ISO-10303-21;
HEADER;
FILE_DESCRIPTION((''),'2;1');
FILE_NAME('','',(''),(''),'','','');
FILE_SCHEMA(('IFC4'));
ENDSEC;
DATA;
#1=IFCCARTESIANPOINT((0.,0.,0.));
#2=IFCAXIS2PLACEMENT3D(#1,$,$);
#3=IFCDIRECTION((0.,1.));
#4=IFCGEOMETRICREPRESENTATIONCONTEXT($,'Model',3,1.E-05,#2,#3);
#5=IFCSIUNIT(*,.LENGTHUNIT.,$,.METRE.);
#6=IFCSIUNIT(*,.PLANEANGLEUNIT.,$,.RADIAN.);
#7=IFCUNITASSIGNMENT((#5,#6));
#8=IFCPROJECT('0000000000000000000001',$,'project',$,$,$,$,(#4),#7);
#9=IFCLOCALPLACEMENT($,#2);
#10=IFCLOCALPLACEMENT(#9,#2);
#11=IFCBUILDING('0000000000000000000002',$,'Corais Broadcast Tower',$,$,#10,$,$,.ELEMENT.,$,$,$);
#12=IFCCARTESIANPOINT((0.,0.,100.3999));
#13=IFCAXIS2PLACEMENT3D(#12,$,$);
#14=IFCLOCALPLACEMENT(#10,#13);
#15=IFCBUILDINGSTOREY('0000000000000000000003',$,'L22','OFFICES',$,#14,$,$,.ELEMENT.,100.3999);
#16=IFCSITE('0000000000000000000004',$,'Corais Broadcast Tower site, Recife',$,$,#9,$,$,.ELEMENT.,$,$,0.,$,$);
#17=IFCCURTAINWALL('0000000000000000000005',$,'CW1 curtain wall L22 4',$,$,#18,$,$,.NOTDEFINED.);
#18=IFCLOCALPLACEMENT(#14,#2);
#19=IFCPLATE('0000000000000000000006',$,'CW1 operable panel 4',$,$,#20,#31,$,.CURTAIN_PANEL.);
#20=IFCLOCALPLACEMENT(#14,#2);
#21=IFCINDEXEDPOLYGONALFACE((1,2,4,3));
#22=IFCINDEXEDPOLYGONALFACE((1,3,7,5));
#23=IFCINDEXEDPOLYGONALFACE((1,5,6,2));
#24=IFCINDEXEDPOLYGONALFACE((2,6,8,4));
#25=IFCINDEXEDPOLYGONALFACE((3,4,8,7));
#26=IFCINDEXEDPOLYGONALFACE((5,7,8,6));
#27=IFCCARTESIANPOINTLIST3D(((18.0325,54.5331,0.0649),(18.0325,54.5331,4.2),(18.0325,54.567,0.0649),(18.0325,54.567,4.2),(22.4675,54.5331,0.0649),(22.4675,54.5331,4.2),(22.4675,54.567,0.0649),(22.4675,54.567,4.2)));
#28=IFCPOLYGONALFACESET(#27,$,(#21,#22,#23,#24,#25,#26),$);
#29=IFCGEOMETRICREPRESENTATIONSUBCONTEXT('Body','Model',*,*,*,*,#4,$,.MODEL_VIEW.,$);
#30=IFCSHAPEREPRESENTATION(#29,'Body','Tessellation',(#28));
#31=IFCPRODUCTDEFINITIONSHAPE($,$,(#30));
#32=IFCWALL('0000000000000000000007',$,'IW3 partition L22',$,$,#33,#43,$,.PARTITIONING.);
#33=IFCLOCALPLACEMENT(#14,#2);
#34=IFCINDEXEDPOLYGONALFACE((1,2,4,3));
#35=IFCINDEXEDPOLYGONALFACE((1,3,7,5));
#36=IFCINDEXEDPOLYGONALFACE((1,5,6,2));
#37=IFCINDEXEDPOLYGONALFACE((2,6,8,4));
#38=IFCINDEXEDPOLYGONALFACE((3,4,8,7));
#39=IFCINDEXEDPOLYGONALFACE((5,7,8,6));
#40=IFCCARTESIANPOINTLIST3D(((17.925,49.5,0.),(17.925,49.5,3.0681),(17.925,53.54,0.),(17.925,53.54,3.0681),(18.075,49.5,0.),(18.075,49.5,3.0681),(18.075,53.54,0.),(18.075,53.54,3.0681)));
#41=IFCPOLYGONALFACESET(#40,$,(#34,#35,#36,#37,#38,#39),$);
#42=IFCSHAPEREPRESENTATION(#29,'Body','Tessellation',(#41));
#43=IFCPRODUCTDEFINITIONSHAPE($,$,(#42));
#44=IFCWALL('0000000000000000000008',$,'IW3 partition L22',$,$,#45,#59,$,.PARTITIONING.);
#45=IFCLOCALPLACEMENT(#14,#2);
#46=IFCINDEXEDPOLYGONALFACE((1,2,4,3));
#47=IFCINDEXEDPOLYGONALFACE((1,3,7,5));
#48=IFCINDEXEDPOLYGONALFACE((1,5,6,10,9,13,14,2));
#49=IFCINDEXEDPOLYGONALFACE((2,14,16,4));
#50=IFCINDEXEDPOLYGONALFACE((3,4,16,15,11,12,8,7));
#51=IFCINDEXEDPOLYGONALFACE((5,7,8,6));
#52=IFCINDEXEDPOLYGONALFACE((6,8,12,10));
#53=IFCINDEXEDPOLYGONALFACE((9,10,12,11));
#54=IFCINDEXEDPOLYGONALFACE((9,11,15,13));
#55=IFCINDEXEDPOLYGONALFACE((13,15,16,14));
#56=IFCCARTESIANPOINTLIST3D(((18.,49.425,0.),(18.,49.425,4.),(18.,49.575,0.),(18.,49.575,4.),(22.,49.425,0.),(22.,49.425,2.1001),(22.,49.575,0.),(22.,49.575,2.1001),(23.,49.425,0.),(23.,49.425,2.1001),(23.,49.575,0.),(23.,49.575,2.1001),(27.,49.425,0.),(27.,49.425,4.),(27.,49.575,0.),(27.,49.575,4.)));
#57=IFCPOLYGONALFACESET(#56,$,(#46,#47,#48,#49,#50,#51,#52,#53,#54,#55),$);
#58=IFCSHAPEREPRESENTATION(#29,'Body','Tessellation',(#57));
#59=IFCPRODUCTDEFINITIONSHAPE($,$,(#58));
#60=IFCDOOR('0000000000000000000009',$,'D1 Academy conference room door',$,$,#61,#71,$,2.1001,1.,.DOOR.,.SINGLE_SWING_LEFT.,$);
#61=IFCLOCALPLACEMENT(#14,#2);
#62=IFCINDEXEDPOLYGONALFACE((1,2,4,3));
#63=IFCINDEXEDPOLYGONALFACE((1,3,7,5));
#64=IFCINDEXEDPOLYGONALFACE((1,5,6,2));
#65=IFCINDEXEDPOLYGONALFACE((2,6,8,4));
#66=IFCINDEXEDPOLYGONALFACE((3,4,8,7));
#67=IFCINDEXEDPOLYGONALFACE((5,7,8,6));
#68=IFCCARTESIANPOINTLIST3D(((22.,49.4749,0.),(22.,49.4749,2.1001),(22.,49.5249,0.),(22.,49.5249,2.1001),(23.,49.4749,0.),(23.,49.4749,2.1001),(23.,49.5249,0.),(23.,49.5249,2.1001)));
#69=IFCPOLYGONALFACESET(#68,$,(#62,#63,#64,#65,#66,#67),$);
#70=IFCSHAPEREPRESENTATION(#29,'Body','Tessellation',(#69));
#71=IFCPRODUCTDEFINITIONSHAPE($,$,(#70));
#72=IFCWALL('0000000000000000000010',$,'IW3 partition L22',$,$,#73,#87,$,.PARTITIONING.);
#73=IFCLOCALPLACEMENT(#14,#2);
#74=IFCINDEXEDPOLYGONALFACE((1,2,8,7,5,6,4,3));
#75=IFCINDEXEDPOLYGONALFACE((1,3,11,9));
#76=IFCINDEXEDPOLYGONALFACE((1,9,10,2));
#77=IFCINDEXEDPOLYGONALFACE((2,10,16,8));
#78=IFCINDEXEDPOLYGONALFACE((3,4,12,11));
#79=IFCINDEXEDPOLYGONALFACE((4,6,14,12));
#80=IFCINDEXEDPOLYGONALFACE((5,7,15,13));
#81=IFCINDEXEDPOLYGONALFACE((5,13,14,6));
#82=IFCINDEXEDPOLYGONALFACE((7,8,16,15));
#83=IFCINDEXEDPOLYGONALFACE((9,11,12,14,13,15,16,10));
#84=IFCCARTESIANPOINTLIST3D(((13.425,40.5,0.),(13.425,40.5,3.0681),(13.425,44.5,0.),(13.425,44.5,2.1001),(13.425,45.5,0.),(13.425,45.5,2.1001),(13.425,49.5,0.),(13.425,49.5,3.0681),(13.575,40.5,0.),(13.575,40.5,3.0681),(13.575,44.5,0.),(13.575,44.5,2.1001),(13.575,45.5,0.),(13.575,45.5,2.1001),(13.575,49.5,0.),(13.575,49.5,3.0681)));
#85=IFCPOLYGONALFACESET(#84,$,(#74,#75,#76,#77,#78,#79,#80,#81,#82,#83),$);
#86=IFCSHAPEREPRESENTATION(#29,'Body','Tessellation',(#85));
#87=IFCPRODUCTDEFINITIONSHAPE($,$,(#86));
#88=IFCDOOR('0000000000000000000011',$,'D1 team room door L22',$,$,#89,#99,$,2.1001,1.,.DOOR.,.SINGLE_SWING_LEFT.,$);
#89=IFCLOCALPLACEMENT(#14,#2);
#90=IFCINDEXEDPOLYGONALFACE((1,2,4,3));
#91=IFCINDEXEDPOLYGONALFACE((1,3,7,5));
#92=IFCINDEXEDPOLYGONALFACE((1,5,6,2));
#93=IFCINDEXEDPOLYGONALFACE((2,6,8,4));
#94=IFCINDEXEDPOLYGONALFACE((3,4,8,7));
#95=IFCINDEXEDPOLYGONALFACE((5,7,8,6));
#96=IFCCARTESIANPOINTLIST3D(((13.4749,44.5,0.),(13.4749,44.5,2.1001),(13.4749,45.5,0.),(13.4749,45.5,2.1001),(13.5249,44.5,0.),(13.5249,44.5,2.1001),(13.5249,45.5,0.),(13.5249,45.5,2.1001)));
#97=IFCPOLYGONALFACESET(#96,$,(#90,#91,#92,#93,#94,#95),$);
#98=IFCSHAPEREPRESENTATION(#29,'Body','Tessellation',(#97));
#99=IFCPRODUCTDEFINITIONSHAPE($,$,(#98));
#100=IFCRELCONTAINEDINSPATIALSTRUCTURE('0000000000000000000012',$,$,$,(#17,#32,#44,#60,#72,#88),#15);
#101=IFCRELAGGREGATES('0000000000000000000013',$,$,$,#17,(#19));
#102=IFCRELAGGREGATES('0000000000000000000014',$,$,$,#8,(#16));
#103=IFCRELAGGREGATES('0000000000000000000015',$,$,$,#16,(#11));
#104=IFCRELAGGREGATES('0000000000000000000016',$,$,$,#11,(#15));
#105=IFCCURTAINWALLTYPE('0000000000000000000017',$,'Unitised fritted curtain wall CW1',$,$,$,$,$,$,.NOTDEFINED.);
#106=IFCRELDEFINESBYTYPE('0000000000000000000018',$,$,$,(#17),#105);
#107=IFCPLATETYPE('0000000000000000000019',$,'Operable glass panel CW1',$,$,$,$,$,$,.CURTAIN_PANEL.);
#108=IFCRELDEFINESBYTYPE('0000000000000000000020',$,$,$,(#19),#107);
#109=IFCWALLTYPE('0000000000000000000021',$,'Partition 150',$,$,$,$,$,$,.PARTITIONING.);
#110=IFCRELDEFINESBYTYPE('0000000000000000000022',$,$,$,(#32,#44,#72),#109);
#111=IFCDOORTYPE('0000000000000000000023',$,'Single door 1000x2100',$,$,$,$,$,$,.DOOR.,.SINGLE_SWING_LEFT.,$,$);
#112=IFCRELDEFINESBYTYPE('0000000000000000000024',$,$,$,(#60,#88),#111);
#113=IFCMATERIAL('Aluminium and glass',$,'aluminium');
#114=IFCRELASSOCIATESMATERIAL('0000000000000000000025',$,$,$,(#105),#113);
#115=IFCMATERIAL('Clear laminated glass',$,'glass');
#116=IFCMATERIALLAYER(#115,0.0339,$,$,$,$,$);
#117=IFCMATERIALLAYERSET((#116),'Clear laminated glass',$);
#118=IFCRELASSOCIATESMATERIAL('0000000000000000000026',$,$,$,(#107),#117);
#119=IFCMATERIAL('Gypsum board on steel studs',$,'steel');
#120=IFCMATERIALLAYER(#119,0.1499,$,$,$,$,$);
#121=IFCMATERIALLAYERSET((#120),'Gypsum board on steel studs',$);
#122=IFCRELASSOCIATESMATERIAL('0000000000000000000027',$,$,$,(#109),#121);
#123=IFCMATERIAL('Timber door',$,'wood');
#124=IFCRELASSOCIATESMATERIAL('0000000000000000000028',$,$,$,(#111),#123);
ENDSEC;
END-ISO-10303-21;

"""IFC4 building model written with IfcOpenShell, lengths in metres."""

from ifc_helpers import new_model, si_unit, direction, frame, frame_2d, origin, origin_2d, place, context, subcontext, project, spatial, rectangle, extrude, material, layer, layer_set, type_object, element, fill, aggregate, save


model = new_model("IFC4")

# Units and contexts
model_context = context("Model", 3, precision=1e-05, world=origin(), true_north=direction((0.0, 1.0)))
body_context = subcontext(model_context, "Body", "Model", "MODEL_VIEW")
ifc_project = project(units=[si_unit("LENGTHUNIT", "METRE"), si_unit("PLANEANGLEUNIT", "RADIAN")], contexts=[model_context])

# Site, building, storey
site_placement = place(None, origin())
site = spatial("IfcSite", under=ifc_project, at=site_placement, Name="Corais Broadcast Tower site, Recife", CompositionType="ELEMENT", RefElevation=0.0)
building_placement = place(site_placement, origin())
building = spatial("IfcBuilding", under=site, at=building_placement, Name="Corais Broadcast Tower", CompositionType="ELEMENT")
storey_placement = place(building_placement, frame((0.0, 0.0, 100.3999)))
storey = spatial("IfcBuildingStorey", under=building, at=storey_placement, Name="L22", Description="OFFICES", CompositionType="ELEMENT", Elevation=100.3999)

# Curtain wall
ifc_material_1 = material(Name="Aluminium and glass", Category="aluminium")
curtain_wall_type = type_object("IfcCurtainWallType", Name="Unitised fritted curtain wall CW1", PredefinedType="NOTDEFINED", material=ifc_material_1)
curtain_wall_placement = place(storey_placement, origin())
curtain_wall = element("IfcCurtainWall", 1, at=curtain_wall_placement, inside=storey, type_object=curtain_wall_type, Name="CW1 curtain wall L22 4", PredefinedType="NOTDEFINED")

# Plate
ifc_material_2 = material(Name="Clear laminated glass", Category="glass")
ifc_layer_1 = layer(ifc_material_2, 0.0339)
ifc_layer_set_1 = layer_set([ifc_layer_1], Name="Clear laminated glass")
plate_type_1 = type_object("IfcPlateType", Name="Operable glass panel CW1", PredefinedType="CURTAIN_PANEL", material=ifc_layer_set_1)
plate_1_placement = place(storey_placement, frame((20.25, 54.55, 0.0649), z_axis=(0.0, 0.0, 1.0), x_axis=(1.0, 0.0, 0.0)))
plate_1 = element("IfcPlate", 2, at=plate_1_placement, type_object=plate_type_1, Name="CW1 operable panel 4", PredefinedType="CURTAIN_PANEL", context=body_context, shape_type="SweptSolid", body=[
    extrude(rectangle(XDim=4.4351, YDim=0.0339, at=origin_2d()), origin(), (0.0, 0.0, 1.0), 4.135),
])
aggregate(curtain_wall, [plate_1])

# Wall
ifc_material_3 = material(Name="Gypsum board on steel studs", Category="steel")
ifc_layer_2 = layer(ifc_material_3, 0.1499)
ifc_layer_set_2 = layer_set([ifc_layer_2], Name="Gypsum board on steel studs")
wall_type = type_object("IfcWallType", Name="Partition 150", PredefinedType="PARTITIONING", material=ifc_layer_set_2)
wall_1_placement = place(storey_placement, frame((18.0, 49.5, 0.0), z_axis=(0.0, 0.0, 1.0), x_axis=(0.0, 1.0, 0.0)))
element("IfcWall", 3, at=wall_1_placement, inside=storey, type_object=wall_type, Name="IW3 partition L22", PredefinedType="PARTITIONING", context=body_context, shape_type="SweptSolid", body=[
    extrude(rectangle(XDim=4.04, YDim=0.1499, at=frame_2d((2.02, 0.0))), origin(), (0.0, 0.0, 1.0), 3.0681),
])

# Walls, openings, doors
wall_2_placement = place(storey_placement, frame((18.0, 49.5, 0.0), z_axis=(0.0, 0.0, 1.0), x_axis=(1.0, 0.0, 0.0)))
wall_2 = element("IfcWall", 4, at=wall_2_placement, inside=storey, type_object=wall_type, Name="IW3 partition L22", PredefinedType="PARTITIONING", context=body_context, shape_type="SweptSolid", body=[
    extrude(rectangle(XDim=9.0, YDim=0.1499, at=frame_2d((4.5, 0.0))), origin(), (0.0, 0.0, 1.0), 4.0),
])
opening_1_placement = place(wall_2_placement, frame((4.0, 0.0, 0.0)))
opening_1 = element("IfcOpeningElement", 5, at=opening_1_placement, cuts=wall_2, PredefinedType="OPENING", context=body_context, shape_type="SweptSolid", body=[
    extrude(rectangle(XDim=1.0, YDim=2.1001, at=frame_2d((0.5, 1.05))), frame((0.0, 0.085, 0.0), z_axis=(0.0, -1.0, 0.0), x_axis=(1.0, 0.0, 0.0)), (0.0, 0.0, 1.0), 0.1699),
])
ifc_material_4 = material(Name="Timber door", Category="wood")
door_type = type_object("IfcDoorType", Name="Single door 1000x2100", OperationType="SINGLE_SWING_LEFT", PredefinedType="DOOR", material=ifc_material_4)
door_1_placement = place(opening_1_placement, origin())
door_1 = element("IfcDoor", 6, at=door_1_placement, inside=storey, type_object=door_type, Name="D1 Academy conference room door", OperationType="SINGLE_SWING_LEFT", OverallHeight=2.1001, OverallWidth=1.0, PredefinedType="DOOR", context=body_context, shape_type="SweptSolid", body=[
    extrude(rectangle(XDim=1.0, YDim=2.1001, at=frame_2d((0.5, 1.05))), frame((0.0, 0.0249, 0.0), z_axis=(0.0, -1.0, 0.0), x_axis=(1.0, 0.0, 0.0)), (0.0, 0.0, 1.0), 0.05),
])
fill(opening_1, door_1)
wall_3_placement = place(storey_placement, frame((13.5, 49.5, 0.0), z_axis=(0.0, 0.0, 1.0), x_axis=(0.0, -1.0, 0.0)))
wall_3 = element("IfcWall", 7, at=wall_3_placement, inside=storey, type_object=wall_type, Name="IW3 partition L22", PredefinedType="PARTITIONING", context=body_context, shape_type="SweptSolid", body=[
    extrude(rectangle(XDim=9.0, YDim=0.1499, at=frame_2d((4.5, 0.0))), origin(), (0.0, 0.0, 1.0), 3.0681),
])
opening_2_placement = place(wall_3_placement, frame((4.0, 0.0, 0.0)))
opening_2 = element("IfcOpeningElement", 8, at=opening_2_placement, cuts=wall_3, PredefinedType="OPENING", context=body_context, shape_type="SweptSolid", body=[
    extrude(rectangle(XDim=1.0, YDim=2.1001, at=frame_2d((0.5, 1.05))), frame((0.0, 0.085, 0.0), z_axis=(0.0, -1.0, 0.0), x_axis=(1.0, 0.0, 0.0)), (0.0, 0.0, 1.0), 0.1699),
])
door_2_placement = place(opening_2_placement, origin())
door_2 = element("IfcDoor", 9, at=door_2_placement, inside=storey, type_object=door_type, Name="D1 team room door L22", OperationType="SINGLE_SWING_LEFT", OverallHeight=2.1001, OverallWidth=1.0, PredefinedType="DOOR", context=body_context, shape_type="SweptSolid", body=[
    extrude(rectangle(XDim=1.0, YDim=2.1001, at=frame_2d((0.5, 1.05))), frame((0.0, 0.0249, 0.0), z_axis=(0.0, -1.0, 0.0), x_axis=(1.0, 0.0, 0.0)), (0.0, 0.0, 1.0), 0.05),
])
fill(opening_2, door_2)

save(model, "model.ifc")
